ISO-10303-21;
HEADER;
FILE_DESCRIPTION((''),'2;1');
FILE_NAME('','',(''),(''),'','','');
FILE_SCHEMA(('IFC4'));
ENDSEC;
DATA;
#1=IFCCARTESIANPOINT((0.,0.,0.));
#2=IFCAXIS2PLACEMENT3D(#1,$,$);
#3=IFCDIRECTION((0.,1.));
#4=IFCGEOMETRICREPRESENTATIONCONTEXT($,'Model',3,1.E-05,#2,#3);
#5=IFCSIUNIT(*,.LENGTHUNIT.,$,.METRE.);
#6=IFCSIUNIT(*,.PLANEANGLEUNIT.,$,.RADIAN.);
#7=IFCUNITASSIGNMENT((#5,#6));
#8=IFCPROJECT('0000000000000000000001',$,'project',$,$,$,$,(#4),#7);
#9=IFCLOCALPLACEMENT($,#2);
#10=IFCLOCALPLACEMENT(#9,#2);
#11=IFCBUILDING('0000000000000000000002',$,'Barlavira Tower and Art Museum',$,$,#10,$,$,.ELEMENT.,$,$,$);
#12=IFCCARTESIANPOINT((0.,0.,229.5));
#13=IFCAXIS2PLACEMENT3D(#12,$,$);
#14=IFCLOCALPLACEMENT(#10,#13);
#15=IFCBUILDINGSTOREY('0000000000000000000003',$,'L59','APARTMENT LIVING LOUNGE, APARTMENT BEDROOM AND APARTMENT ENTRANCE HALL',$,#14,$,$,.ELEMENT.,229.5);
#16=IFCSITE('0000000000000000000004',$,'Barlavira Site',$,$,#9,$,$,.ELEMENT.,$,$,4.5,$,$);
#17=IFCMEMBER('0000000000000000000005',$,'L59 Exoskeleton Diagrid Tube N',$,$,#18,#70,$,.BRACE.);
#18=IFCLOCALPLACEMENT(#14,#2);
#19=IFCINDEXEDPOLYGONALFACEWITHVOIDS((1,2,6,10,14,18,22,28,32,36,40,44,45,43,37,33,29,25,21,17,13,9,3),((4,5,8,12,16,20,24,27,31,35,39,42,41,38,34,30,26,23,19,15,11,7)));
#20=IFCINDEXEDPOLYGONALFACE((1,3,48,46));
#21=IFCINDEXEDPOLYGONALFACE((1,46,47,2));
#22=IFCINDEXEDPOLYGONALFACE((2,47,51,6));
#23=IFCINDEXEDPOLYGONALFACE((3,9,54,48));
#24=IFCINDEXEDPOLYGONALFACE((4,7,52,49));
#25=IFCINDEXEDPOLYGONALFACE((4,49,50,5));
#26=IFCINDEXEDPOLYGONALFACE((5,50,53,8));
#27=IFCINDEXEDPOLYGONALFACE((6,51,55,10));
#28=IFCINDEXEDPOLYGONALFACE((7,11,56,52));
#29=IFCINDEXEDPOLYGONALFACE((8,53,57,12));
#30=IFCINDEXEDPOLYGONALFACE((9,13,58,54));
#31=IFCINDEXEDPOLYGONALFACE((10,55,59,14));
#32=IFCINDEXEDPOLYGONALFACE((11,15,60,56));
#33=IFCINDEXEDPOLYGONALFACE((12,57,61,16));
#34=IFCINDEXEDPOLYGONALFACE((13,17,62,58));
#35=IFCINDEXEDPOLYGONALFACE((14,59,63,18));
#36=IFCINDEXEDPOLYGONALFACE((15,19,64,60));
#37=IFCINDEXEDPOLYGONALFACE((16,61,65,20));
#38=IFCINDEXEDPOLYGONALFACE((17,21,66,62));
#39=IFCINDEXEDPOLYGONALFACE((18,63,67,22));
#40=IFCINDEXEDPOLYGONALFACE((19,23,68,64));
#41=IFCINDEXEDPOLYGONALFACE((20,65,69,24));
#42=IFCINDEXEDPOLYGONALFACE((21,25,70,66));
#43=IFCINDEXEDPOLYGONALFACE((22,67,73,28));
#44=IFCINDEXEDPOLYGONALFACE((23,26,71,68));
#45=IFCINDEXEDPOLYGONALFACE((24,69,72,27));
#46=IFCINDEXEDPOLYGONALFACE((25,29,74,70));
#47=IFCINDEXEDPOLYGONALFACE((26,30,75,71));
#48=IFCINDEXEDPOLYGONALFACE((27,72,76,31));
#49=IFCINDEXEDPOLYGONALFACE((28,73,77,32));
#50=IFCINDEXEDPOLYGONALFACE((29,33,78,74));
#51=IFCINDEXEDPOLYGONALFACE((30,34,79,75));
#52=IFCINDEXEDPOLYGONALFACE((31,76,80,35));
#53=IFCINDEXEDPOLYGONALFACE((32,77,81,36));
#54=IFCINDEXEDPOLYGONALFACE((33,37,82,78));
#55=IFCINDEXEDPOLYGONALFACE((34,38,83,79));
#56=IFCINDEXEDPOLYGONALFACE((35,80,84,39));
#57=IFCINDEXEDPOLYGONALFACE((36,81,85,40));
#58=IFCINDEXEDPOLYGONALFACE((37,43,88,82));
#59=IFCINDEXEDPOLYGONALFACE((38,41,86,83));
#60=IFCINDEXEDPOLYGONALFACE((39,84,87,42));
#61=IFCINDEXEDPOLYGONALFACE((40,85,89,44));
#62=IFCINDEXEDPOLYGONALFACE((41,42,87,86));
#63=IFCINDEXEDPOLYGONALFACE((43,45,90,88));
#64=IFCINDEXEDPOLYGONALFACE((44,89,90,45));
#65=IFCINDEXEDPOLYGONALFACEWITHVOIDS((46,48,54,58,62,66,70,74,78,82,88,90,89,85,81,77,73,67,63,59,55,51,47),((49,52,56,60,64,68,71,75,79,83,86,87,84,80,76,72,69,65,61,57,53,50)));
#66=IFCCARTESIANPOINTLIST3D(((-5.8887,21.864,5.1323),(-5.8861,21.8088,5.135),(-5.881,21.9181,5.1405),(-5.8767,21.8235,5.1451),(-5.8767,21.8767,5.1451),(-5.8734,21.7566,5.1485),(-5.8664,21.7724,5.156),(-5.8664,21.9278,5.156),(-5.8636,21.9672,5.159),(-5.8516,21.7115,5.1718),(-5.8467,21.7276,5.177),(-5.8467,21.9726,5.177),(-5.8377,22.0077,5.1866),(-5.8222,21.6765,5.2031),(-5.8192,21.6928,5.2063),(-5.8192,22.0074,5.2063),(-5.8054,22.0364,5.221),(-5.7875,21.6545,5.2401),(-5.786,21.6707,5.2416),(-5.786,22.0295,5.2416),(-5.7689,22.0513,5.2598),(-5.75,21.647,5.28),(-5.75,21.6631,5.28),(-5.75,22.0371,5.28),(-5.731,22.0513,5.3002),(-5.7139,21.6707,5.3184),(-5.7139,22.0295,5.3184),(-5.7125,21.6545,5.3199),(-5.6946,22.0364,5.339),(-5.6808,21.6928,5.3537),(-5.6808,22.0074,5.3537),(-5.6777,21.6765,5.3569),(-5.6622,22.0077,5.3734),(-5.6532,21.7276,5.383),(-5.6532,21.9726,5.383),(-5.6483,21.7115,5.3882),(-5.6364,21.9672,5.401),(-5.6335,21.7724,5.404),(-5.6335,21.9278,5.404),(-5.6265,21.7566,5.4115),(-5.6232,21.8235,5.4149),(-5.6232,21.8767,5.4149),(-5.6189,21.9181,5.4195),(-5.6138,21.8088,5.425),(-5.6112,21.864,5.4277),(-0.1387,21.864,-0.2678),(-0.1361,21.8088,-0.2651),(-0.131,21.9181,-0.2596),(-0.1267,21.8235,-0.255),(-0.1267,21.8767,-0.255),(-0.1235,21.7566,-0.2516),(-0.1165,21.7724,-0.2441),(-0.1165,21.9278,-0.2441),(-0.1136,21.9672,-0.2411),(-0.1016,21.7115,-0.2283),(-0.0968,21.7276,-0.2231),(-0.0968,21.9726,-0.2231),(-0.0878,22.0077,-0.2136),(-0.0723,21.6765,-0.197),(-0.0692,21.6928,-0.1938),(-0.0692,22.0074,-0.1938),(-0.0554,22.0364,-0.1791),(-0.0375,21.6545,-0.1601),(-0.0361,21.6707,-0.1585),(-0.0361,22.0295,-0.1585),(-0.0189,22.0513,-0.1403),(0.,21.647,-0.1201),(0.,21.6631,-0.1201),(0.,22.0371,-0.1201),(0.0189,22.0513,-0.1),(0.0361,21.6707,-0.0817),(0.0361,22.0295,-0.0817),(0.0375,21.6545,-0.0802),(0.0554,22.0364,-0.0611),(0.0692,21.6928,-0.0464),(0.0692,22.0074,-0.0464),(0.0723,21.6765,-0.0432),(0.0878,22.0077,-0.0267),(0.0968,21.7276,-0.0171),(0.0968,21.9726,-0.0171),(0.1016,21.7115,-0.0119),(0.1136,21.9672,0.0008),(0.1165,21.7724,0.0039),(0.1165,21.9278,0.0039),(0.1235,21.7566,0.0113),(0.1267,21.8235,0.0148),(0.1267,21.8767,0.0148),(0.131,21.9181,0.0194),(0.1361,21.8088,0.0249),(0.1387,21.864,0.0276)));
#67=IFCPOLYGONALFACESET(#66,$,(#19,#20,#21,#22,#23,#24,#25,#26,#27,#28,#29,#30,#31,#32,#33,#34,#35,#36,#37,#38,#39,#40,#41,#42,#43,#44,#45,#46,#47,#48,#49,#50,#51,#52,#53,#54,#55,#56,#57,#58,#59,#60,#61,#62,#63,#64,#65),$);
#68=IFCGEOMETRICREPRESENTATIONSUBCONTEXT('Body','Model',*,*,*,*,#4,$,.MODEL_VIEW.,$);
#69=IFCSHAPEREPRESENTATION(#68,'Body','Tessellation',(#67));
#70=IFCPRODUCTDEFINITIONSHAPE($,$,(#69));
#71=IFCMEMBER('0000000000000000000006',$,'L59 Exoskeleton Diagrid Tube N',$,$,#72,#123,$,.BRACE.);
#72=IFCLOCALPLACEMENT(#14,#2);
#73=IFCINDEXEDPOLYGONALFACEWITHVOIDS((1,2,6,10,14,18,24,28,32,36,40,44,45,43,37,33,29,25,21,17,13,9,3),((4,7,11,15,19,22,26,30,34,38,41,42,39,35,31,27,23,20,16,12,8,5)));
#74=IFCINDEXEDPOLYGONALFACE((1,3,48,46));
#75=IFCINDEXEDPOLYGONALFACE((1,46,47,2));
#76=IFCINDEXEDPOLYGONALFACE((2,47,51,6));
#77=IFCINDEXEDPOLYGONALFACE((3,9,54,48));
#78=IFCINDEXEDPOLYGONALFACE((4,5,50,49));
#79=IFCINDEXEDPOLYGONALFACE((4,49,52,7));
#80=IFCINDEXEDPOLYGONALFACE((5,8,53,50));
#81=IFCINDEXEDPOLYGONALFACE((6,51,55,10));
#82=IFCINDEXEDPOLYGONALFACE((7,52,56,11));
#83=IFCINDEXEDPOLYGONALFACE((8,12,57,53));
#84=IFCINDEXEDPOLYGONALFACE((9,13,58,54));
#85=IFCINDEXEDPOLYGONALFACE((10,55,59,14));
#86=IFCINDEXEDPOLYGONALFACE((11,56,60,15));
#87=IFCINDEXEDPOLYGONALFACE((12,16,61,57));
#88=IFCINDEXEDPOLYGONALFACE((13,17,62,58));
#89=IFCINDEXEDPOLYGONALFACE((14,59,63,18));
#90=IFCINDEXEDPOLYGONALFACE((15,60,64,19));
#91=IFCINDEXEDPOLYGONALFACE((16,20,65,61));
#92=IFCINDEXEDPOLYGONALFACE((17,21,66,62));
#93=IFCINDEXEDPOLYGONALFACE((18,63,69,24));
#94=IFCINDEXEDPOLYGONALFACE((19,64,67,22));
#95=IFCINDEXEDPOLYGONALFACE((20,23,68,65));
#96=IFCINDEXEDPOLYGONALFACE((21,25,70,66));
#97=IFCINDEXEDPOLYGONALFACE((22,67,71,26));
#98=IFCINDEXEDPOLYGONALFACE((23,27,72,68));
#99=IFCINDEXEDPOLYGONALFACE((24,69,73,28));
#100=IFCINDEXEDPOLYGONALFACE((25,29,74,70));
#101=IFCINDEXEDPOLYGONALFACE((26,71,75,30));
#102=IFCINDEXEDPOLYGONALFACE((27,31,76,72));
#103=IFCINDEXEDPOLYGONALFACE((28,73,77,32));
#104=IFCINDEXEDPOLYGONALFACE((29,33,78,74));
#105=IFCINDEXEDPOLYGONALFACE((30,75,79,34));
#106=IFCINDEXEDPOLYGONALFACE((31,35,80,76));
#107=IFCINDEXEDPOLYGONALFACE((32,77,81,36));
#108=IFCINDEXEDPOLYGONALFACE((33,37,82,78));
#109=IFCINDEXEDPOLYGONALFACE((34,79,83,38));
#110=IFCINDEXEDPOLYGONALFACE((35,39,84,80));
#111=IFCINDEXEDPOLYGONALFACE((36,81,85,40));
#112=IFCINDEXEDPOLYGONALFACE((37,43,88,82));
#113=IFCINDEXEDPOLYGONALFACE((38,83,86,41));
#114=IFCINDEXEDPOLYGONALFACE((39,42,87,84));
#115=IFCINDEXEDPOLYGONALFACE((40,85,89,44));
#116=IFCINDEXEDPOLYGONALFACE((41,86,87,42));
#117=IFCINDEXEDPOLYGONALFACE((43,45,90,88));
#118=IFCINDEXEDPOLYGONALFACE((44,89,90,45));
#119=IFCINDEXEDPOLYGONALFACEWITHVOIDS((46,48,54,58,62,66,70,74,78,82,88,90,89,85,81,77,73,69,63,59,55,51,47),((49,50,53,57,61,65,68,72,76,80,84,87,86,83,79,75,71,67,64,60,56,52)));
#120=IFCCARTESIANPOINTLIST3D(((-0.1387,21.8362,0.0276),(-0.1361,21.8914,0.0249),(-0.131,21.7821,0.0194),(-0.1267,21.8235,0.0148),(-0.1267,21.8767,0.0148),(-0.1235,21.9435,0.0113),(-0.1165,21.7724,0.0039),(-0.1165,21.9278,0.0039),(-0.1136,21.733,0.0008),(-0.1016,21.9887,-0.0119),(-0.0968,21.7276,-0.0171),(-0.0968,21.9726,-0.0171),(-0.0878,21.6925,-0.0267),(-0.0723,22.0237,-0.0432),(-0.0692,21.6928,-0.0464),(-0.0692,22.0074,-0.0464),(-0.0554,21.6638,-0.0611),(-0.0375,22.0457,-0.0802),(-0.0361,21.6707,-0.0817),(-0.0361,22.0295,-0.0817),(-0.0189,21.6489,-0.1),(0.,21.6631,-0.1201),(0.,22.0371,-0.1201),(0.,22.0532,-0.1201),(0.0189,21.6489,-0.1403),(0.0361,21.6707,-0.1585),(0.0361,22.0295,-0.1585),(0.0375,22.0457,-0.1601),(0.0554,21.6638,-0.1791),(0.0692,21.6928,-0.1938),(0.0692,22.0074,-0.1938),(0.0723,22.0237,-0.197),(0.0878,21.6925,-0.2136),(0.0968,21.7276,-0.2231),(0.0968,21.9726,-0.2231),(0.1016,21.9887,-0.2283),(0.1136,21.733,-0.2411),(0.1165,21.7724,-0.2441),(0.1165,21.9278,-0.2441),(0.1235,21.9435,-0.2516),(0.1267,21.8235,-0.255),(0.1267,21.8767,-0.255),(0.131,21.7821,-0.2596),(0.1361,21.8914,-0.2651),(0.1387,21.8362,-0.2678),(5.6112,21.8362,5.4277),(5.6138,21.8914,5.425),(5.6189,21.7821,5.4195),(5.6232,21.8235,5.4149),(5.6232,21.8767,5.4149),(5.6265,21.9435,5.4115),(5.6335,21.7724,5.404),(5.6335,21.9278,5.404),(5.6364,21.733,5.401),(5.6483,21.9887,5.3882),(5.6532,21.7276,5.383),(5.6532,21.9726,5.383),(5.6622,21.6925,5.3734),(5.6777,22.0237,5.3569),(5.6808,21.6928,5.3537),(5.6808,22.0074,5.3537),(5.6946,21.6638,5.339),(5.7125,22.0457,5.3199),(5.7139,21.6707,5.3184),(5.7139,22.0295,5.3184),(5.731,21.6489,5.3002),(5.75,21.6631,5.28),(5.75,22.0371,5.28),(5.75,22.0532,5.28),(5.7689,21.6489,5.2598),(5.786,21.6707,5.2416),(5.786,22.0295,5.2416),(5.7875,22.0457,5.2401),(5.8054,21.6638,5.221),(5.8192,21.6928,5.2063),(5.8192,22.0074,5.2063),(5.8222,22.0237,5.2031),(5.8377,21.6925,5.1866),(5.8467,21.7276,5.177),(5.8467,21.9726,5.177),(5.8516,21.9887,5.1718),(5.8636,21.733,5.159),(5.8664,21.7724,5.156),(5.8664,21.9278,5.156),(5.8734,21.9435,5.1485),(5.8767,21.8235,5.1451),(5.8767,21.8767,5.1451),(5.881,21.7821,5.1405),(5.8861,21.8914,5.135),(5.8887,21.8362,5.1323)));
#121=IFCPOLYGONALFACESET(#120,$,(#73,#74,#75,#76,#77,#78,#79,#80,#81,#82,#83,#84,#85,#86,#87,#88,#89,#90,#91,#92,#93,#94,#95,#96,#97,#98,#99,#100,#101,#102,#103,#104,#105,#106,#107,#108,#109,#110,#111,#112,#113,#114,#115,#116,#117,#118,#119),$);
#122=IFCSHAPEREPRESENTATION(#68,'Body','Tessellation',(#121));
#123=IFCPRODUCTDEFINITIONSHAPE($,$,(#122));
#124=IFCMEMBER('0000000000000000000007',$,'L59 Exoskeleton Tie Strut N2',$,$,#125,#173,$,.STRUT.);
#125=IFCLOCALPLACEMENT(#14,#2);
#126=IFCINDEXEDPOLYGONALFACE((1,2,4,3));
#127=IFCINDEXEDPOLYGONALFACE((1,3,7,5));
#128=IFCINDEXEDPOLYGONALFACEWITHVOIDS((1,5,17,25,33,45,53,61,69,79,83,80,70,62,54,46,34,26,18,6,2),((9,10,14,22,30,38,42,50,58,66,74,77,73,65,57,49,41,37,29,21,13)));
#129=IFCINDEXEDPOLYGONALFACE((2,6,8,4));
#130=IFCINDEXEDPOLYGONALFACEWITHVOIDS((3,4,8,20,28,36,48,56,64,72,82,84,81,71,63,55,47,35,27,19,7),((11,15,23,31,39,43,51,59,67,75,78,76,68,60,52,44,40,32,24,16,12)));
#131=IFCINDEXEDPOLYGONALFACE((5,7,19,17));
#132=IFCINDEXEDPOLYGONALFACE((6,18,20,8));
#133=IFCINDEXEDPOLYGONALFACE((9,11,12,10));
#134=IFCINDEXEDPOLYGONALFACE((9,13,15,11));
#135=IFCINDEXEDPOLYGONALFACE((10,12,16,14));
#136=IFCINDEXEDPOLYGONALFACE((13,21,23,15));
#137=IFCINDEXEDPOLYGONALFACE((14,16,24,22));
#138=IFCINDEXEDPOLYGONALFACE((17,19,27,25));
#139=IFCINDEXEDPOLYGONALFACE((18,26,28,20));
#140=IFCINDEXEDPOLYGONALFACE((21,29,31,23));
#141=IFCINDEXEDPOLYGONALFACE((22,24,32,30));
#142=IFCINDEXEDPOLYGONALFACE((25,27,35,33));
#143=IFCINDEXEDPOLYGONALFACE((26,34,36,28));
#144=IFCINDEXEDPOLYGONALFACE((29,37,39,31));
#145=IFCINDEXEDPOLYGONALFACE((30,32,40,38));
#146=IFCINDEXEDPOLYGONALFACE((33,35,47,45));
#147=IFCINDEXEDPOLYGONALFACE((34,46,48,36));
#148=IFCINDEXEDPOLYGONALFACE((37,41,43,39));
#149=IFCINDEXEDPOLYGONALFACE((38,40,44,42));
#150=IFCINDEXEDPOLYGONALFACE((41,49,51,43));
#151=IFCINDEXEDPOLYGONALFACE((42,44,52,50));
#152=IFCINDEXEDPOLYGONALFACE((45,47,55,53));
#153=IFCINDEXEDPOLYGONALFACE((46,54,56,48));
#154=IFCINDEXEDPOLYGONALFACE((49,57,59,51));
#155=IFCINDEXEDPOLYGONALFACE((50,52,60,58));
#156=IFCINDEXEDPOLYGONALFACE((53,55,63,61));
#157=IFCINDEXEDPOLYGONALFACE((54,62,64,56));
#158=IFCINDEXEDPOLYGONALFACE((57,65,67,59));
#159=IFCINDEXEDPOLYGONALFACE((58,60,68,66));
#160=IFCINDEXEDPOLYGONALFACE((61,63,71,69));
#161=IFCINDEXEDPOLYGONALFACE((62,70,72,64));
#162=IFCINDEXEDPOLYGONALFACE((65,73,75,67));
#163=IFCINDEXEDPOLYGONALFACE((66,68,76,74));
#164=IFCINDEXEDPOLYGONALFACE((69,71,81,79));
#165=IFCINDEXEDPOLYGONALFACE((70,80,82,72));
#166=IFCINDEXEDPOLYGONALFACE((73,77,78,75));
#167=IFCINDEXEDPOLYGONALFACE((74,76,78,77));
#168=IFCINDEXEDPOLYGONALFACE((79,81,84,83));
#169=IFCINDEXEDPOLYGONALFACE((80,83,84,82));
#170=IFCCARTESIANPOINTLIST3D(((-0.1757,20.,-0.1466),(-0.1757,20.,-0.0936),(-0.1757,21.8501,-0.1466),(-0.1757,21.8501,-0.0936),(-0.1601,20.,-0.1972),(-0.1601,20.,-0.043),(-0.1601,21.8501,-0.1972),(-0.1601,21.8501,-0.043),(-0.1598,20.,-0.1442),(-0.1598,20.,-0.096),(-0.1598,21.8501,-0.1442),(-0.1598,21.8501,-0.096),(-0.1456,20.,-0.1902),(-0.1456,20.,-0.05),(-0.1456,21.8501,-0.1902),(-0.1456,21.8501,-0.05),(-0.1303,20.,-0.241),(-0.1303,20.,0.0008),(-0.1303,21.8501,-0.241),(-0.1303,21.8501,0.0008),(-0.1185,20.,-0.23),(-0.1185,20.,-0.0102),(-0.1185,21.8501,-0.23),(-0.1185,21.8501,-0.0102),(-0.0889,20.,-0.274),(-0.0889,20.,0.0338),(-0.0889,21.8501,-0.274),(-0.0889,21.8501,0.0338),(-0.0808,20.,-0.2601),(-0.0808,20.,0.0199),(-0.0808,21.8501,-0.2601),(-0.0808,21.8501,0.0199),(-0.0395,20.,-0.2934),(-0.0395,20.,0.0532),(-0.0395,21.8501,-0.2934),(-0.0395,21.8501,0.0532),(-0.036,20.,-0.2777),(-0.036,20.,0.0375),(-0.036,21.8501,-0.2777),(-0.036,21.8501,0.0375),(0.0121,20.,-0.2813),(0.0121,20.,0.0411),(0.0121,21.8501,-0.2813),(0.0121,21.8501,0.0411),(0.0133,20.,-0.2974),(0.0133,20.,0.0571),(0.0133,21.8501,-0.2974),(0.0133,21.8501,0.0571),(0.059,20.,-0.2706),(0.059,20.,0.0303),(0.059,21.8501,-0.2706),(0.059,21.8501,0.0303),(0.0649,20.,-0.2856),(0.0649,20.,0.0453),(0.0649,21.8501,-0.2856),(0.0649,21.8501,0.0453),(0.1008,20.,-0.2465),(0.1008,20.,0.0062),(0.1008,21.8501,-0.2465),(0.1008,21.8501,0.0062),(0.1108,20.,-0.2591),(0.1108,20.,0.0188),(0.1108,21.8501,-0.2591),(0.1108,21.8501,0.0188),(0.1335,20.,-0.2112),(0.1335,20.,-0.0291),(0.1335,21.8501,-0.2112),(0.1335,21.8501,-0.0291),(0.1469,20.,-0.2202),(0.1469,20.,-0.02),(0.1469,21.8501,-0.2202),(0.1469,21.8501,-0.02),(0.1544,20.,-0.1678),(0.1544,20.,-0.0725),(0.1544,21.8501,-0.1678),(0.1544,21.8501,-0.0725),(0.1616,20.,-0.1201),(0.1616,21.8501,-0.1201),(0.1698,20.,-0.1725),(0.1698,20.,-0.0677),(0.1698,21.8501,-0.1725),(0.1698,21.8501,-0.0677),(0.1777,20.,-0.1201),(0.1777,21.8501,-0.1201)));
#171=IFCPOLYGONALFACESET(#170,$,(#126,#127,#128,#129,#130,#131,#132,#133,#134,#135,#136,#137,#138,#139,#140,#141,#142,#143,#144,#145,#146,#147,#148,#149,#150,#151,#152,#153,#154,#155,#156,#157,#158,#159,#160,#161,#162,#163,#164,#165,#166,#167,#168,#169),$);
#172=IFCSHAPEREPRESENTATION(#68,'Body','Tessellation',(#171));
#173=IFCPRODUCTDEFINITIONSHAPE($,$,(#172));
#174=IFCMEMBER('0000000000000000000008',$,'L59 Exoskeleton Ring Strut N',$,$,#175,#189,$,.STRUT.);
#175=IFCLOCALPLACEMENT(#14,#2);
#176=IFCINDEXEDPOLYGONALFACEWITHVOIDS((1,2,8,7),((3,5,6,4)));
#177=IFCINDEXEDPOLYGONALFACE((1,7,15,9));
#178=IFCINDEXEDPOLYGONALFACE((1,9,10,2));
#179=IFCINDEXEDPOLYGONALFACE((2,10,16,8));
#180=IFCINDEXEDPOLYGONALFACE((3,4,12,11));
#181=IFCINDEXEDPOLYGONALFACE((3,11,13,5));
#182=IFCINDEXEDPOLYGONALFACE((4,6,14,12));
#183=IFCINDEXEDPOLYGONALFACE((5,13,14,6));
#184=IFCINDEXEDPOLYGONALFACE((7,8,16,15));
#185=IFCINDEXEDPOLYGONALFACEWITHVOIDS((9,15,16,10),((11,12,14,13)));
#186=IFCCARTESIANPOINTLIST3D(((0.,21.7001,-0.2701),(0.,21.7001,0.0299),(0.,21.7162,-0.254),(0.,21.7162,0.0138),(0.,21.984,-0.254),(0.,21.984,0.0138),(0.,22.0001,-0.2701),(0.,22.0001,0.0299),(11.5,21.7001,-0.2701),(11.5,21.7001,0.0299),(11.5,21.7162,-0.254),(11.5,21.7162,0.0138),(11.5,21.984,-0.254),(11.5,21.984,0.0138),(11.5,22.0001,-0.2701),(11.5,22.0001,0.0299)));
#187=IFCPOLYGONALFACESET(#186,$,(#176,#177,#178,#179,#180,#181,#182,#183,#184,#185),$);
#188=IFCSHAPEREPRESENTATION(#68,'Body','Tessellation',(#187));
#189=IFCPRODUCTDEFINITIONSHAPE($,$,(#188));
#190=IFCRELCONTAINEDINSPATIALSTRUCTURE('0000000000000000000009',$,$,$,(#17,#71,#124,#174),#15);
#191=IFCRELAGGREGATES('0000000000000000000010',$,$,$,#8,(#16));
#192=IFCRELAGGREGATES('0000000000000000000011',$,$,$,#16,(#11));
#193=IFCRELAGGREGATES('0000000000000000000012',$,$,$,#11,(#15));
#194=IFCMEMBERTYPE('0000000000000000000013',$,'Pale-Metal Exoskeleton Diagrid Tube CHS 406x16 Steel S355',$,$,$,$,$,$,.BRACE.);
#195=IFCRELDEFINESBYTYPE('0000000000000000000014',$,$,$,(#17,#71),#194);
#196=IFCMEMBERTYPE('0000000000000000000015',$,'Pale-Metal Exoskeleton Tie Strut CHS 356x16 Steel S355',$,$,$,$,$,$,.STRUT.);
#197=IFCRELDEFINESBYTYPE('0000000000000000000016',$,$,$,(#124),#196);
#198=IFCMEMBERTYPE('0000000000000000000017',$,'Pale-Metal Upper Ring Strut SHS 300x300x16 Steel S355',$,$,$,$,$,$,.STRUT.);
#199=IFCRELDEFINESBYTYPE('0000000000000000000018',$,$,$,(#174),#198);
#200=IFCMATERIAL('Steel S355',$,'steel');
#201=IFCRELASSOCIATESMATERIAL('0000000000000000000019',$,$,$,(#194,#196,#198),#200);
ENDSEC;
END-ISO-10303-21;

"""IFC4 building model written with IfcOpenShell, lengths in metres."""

from ifc_helpers import new_model, si_unit, direction, frame, origin, origin_2d, place, context, subcontext, project, spatial, hollow_rectangle, hollow_circle, extrude, material, material_profile, profile_set, type_object, element, save


model = new_model("IFC4")

# Units and contexts
model_context = context("Model", 3, precision=1e-05, world=origin(), true_north=direction((0.0, 1.0)))
body_context = subcontext(model_context, "Body", "Model", "MODEL_VIEW")
ifc_project = project(units=[si_unit("LENGTHUNIT", "METRE"), si_unit("PLANEANGLEUNIT", "RADIAN")], contexts=[model_context])

# Site, building, storey
site_placement = place(None, origin())
site = spatial("IfcSite", under=ifc_project, at=site_placement, Name="Barlavira Site", CompositionType="ELEMENT", RefElevation=4.5)
building_placement = place(site_placement, origin())
building = spatial("IfcBuilding", under=site, at=building_placement, Name="Barlavira Tower and Art Museum", CompositionType="ELEMENT")
storey_placement = place(building_placement, frame((0.0, 0.0, 229.5)))
storey = spatial("IfcBuildingStorey", under=building, at=storey_placement, Name="L59", Description="APARTMENT LIVING LOUNGE, APARTMENT BEDROOM AND APARTMENT ENTRANCE HALL", CompositionType="ELEMENT", Elevation=229.5)

# Members
ifc_material_1 = material(Name="Steel S355", Category="steel")
ifc_material_profile_1 = material_profile(ifc_material_1, hollow_circle(Radius=0.2031, WallThickness=0.0161, at=origin_2d()), Name="CHS 406.4x16.0")
ifc_profile_set_1 = profile_set([ifc_material_profile_1], Name="Steel S355")
member_type_1 = type_object("IfcMemberType", Name="Pale-Metal Exoskeleton Diagrid Tube CHS 406x16 Steel S355", PredefinedType="BRACE", material=ifc_profile_set_1)
for number, where, z_axis, x_axis, name in (
    (1, (0.0, 21.8501, -0.1201), (-0.728935, 0.0, 0.684583), (0.0, -1.0, 0.0), "L59 Exoskeleton Diagrid Tube N"),
    (2, (0.0, 21.8501, -0.1201), (0.728935, 0.0, 0.684583), (0.0, 1.0, 0.0), "L59 Exoskeleton Diagrid Tube N"),
):
    element("IfcMember", number, at=place(storey_placement, frame(where, z_axis=z_axis, x_axis=x_axis)), inside=storey, type_object=member_type_1, Name=name, PredefinedType="BRACE", context=body_context, shape_type="SweptSolid", body=[
        extrude(hollow_circle(Radius=0.2031, WallThickness=0.0161, at=origin_2d()), origin(), (0.0, 0.0, 1.0), 7.8882),
    ])
ifc_material_profile_2 = material_profile(ifc_material_1, hollow_circle(Radius=0.1777, WallThickness=0.0161, at=origin_2d()), Name="CHS 355.6x16.0")
ifc_profile_set_2 = profile_set([ifc_material_profile_2], Name="Steel S355")
member_type_2 = type_object("IfcMemberType", Name="Pale-Metal Exoskeleton Tie Strut CHS 356x16 Steel S355", PredefinedType="STRUT", material=ifc_profile_set_2)
member_1_placement = place(storey_placement, frame((0.0, 21.8501, -0.1201), z_axis=(0.0, -1.0, 0.0), x_axis=(1.0, 0.0, 0.0)))
element("IfcMember", 3, at=member_1_placement, inside=storey, type_object=member_type_2, Name="L59 Exoskeleton Tie Strut N2", PredefinedType="STRUT", context=body_context, shape_type="SweptSolid", body=[
    extrude(hollow_circle(Radius=0.1777, WallThickness=0.0161, at=origin_2d()), origin(), (0.0, 0.0, 1.0), 1.8501),
])
ifc_material_profile_3 = material_profile(ifc_material_1, hollow_rectangle(XDim=0.3, YDim=0.3, WallThickness=0.0161, at=origin_2d()), Name="SHS 300x300x16.0")
ifc_profile_set_3 = profile_set([ifc_material_profile_3], Name="Steel S355")
member_type_3 = type_object("IfcMemberType", Name="Pale-Metal Upper Ring Strut SHS 300x300x16 Steel S355", PredefinedType="STRUT", material=ifc_profile_set_3)
member_2_placement = place(storey_placement, frame((0.0, 21.8501, -0.1201), z_axis=(1.0, 0.0, 0.0), x_axis=(0.0, 1.0, 0.0)))
element("IfcMember", 4, at=member_2_placement, inside=storey, type_object=member_type_3, Name="L59 Exoskeleton Ring Strut N", PredefinedType="STRUT", context=body_context, shape_type="SweptSolid", body=[
    extrude(hollow_rectangle(XDim=0.3, YDim=0.3, WallThickness=0.0161, at=origin_2d()), origin(), (0.0, 0.0, 1.0), 11.5),
])

save(model, "model.ifc")
